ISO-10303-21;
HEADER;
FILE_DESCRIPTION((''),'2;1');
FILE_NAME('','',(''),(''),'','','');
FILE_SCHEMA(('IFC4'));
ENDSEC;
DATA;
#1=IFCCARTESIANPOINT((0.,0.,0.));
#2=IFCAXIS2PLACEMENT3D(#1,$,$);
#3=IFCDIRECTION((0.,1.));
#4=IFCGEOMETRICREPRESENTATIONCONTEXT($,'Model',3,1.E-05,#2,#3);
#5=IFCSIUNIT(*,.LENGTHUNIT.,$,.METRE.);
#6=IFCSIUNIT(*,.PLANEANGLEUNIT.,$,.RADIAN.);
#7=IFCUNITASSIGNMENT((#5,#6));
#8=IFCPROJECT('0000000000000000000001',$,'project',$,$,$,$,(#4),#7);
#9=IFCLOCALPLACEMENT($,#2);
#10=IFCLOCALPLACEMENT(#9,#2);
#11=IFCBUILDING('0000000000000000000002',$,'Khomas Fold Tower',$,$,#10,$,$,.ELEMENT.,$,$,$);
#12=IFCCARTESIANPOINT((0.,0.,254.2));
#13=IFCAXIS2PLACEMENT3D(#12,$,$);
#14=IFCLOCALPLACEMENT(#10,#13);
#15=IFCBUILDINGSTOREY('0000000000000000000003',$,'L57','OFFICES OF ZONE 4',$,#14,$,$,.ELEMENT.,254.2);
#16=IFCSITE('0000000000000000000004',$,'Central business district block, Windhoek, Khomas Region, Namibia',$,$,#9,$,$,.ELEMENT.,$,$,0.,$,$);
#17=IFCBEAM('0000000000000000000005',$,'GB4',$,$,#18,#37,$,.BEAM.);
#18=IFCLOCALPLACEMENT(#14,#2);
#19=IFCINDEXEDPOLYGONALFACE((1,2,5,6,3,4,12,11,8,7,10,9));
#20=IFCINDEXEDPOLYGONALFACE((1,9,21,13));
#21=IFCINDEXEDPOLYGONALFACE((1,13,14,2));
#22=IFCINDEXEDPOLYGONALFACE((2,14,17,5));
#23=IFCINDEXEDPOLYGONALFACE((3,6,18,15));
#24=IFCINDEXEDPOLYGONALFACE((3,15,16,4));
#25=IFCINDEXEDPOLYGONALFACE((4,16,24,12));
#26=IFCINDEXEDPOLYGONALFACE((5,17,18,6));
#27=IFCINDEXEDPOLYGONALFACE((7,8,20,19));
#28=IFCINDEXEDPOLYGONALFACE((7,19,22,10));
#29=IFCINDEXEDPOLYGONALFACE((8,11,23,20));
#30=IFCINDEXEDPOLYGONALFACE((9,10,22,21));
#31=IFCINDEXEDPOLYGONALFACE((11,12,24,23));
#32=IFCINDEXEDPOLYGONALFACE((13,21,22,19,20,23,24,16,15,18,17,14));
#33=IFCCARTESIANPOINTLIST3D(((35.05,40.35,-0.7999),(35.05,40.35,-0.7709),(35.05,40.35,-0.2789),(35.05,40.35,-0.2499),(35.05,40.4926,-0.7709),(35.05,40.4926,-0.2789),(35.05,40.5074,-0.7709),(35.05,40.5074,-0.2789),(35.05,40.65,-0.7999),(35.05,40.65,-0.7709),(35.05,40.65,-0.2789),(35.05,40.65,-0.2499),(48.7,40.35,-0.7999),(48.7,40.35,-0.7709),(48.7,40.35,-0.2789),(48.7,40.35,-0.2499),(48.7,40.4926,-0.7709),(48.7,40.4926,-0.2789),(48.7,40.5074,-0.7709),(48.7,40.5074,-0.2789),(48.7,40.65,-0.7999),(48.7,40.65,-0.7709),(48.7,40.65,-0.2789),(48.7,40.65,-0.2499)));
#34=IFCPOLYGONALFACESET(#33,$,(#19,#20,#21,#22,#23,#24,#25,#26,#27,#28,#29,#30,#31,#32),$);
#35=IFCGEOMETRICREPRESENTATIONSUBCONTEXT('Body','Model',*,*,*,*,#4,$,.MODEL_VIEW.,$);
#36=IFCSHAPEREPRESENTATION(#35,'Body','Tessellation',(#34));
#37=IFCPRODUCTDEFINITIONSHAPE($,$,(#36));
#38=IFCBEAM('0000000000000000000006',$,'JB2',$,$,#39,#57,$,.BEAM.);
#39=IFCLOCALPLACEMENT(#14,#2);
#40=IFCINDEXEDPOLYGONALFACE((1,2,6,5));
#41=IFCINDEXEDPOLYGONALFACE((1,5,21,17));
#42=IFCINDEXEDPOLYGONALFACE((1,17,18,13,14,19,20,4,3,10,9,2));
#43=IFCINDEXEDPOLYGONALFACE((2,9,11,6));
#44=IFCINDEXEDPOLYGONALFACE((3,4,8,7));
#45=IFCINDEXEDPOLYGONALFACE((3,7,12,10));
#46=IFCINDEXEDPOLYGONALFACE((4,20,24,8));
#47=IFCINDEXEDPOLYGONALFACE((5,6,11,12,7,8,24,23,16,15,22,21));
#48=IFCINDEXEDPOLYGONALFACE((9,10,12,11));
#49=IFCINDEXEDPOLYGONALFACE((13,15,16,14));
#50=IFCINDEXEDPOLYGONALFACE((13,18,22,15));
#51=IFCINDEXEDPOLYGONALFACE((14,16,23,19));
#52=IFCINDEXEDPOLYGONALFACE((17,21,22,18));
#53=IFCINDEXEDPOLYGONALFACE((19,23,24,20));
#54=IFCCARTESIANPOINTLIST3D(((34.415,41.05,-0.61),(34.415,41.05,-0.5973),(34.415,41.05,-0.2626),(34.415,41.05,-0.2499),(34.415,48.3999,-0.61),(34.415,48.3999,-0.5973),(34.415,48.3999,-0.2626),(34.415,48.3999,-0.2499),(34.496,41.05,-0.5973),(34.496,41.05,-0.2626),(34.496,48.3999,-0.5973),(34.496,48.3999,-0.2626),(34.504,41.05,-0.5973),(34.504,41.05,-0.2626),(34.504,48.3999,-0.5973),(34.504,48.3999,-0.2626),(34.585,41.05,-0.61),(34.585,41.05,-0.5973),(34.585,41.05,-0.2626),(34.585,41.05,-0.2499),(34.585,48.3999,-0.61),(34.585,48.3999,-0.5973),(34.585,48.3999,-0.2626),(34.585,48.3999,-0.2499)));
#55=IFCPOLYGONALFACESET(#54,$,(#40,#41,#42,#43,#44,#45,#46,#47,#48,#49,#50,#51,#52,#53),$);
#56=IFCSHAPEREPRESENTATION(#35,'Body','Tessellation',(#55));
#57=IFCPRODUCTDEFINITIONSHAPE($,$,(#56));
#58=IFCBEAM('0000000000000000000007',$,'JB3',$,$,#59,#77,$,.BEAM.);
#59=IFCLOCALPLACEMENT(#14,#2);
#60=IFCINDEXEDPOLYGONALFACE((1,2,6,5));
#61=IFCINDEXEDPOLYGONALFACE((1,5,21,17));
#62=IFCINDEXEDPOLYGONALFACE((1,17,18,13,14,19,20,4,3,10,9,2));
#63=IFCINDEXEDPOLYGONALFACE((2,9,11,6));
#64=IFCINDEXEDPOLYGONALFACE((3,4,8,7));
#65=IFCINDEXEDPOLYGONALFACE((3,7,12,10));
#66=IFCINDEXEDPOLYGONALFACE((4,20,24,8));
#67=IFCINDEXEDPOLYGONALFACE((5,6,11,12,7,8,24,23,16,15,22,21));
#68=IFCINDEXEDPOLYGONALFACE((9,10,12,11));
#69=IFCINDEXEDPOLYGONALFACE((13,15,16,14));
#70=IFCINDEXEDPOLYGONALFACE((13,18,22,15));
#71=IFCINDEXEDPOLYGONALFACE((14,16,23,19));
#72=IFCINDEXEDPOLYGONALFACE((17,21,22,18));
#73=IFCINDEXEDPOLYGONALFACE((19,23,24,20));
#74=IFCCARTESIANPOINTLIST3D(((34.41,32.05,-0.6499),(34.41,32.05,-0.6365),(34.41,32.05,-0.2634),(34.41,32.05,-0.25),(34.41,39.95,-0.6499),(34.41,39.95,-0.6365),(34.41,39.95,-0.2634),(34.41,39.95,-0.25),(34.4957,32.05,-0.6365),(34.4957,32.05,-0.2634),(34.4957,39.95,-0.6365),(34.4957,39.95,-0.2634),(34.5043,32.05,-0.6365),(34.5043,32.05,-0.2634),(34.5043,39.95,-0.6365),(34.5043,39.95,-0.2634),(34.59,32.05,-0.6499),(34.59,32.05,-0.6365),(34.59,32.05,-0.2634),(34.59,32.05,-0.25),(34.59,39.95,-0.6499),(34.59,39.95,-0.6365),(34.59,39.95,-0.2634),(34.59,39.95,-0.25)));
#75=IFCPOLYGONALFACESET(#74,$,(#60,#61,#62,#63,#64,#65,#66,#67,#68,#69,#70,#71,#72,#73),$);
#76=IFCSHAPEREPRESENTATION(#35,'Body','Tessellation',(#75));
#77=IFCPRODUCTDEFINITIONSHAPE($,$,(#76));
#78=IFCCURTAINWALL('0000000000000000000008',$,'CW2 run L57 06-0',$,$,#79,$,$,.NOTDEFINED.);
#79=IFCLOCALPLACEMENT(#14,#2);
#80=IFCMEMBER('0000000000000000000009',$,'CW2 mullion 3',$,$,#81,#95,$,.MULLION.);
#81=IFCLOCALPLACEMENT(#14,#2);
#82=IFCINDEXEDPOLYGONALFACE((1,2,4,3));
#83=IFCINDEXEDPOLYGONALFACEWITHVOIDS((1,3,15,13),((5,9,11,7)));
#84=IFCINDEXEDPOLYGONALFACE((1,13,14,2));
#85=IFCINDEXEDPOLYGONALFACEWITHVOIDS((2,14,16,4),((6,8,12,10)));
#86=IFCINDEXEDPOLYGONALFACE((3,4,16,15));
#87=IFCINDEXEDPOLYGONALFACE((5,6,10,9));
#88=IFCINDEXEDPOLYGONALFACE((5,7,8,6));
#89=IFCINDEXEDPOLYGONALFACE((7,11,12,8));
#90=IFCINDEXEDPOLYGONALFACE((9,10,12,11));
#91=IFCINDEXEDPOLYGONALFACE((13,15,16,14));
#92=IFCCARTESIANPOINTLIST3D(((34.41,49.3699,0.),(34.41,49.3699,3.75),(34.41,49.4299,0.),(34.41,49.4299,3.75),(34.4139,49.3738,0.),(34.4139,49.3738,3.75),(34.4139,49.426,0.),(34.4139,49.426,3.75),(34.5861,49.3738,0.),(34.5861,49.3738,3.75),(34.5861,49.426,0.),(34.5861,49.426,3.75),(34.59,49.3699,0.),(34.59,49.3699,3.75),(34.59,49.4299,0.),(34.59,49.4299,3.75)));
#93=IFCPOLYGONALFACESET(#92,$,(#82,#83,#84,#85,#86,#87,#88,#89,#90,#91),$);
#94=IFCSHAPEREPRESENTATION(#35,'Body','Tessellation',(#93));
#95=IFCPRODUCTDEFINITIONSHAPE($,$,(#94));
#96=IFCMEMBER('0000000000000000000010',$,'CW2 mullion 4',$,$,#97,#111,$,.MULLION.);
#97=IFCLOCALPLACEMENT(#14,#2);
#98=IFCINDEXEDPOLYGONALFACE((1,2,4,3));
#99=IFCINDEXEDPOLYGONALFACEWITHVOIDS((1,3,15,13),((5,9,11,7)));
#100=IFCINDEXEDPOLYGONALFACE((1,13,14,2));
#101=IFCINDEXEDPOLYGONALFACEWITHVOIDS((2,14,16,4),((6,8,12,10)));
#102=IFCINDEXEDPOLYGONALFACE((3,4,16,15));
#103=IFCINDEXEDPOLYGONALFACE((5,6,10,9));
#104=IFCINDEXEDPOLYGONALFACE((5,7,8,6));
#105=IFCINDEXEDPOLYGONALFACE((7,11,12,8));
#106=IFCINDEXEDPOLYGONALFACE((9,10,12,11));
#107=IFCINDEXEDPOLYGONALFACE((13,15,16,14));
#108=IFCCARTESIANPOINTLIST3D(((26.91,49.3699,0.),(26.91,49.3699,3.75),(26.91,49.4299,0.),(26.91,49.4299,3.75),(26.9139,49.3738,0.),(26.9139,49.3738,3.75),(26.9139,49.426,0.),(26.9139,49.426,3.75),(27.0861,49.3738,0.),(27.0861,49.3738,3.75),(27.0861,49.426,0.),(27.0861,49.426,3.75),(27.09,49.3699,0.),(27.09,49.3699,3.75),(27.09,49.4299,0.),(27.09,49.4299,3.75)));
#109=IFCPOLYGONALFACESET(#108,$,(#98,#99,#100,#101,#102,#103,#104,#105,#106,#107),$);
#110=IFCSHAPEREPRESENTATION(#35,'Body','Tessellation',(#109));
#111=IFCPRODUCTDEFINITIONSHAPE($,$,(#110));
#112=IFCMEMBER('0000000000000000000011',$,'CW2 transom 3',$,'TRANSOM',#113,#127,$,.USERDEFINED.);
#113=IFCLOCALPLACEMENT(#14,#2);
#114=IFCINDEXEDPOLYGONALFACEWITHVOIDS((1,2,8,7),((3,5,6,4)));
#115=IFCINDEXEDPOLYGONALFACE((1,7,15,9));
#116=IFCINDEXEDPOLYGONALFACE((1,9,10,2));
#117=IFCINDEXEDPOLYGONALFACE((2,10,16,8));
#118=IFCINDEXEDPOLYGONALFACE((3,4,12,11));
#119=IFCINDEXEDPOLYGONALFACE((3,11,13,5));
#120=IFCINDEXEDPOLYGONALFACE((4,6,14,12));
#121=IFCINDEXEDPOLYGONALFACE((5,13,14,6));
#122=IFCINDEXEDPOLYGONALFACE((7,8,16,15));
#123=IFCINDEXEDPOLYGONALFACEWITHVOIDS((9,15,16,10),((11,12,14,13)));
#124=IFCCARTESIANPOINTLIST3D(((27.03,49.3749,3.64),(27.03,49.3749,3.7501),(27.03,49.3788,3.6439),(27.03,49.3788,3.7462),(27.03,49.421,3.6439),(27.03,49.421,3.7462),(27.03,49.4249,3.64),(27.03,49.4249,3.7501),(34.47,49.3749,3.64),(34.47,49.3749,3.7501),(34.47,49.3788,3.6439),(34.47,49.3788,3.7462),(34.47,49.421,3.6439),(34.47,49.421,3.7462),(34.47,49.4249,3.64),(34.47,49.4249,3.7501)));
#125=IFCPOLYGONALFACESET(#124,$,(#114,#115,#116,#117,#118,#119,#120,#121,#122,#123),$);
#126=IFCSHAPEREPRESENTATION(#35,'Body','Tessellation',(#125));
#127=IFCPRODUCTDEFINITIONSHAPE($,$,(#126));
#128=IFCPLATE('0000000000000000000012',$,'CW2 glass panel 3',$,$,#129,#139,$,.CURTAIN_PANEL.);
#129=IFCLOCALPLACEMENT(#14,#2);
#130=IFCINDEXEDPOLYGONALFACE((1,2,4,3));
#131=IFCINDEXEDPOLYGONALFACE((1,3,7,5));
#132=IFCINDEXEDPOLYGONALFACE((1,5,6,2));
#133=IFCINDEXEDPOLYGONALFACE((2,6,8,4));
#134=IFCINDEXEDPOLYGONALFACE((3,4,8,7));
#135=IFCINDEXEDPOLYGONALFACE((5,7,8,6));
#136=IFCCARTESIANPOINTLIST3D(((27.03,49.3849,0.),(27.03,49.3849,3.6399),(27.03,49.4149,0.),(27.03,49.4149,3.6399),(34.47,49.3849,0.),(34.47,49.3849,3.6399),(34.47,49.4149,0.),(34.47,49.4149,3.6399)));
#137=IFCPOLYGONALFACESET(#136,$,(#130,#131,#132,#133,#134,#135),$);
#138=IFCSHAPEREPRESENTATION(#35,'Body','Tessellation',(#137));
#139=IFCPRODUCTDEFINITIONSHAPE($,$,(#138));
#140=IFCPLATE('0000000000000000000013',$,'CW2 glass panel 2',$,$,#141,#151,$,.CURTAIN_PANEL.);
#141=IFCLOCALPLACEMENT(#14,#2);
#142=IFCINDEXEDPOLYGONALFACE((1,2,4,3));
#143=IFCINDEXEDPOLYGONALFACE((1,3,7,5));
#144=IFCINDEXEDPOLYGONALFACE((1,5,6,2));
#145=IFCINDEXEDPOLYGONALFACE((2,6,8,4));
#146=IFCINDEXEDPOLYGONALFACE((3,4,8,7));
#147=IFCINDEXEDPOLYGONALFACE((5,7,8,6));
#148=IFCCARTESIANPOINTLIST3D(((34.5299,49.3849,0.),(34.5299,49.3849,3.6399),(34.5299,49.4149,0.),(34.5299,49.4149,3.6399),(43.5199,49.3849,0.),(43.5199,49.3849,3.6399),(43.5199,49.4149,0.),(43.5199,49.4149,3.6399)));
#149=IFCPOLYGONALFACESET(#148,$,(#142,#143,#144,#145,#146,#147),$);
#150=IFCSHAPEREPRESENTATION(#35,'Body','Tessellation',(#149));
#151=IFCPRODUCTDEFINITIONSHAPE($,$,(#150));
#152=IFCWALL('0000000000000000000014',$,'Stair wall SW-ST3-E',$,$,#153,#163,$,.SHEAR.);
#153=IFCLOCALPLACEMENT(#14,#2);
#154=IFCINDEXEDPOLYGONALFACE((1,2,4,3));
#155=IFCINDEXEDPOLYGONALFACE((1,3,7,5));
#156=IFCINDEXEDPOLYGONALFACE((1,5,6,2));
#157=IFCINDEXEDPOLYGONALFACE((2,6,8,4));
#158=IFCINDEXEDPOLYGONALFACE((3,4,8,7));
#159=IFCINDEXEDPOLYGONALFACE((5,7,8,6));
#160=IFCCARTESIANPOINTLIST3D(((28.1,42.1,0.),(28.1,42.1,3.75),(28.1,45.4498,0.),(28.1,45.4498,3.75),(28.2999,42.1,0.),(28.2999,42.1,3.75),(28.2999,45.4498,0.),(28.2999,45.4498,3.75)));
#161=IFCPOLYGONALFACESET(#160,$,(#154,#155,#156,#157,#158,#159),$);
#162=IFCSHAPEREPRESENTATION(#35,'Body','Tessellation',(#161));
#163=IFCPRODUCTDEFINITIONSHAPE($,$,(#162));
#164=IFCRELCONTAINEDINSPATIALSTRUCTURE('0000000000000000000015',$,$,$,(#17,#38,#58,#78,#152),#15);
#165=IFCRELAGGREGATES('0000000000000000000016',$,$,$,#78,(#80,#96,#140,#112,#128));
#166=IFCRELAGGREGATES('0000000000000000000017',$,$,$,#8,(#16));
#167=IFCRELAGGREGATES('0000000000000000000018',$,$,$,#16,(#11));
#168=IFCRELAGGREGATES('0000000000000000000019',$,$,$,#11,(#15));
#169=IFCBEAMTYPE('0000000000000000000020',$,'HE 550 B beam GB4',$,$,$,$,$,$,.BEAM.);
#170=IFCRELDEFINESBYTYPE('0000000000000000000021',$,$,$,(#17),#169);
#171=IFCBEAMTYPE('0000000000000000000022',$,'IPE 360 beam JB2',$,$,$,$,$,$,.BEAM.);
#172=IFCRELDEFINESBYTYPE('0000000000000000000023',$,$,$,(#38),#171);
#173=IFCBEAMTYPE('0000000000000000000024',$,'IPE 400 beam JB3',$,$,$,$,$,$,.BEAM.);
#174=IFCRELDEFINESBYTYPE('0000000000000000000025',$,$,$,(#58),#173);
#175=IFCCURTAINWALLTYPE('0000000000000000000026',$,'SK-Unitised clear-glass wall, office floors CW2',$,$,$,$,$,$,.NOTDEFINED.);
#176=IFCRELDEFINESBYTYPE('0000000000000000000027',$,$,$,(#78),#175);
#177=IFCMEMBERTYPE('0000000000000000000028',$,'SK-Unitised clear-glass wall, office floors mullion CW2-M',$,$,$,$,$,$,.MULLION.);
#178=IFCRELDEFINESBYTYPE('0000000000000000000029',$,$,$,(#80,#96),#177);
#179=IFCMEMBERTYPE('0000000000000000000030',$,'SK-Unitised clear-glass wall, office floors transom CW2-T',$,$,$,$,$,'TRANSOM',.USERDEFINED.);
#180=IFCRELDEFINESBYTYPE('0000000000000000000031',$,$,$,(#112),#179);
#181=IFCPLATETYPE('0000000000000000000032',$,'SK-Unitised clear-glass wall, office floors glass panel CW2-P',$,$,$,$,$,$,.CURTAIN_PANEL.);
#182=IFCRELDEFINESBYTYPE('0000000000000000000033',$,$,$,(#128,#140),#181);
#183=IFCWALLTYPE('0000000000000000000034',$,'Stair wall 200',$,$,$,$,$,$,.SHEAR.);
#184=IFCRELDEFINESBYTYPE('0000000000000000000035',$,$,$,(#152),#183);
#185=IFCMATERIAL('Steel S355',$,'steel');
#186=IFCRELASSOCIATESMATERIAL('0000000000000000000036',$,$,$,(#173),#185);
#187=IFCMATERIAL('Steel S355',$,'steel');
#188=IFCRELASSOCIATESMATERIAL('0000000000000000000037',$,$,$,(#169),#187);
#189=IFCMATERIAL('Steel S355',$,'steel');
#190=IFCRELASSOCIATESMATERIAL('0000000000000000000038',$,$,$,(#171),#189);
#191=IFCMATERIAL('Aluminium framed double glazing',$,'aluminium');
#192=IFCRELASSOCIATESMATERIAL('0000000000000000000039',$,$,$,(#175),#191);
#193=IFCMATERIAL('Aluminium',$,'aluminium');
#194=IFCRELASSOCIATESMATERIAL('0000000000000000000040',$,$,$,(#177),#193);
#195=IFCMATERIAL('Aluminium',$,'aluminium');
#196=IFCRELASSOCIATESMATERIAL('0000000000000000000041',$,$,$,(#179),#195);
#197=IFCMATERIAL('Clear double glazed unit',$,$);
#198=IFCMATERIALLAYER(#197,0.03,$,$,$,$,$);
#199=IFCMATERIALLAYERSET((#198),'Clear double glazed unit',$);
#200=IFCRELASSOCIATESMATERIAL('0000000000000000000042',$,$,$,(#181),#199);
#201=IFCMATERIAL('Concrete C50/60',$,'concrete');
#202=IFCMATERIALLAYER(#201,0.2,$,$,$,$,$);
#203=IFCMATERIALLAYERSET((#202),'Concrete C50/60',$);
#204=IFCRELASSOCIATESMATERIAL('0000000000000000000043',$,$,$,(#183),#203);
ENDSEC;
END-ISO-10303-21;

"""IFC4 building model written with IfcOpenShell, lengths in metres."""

from ifc_helpers import new_model, si_unit, direction, frame, frame_2d, origin, origin_2d, place, context, subcontext, project, spatial, rectangle, hollow_rectangle, i_section, extrude, source, transform, mapped, material, layer, layer_set, material_profile, profile_set, type_object, element, aggregate, save


model = new_model("IFC4")

# Units and contexts
model_context = context("Model", 3, precision=1e-05, world=origin(), true_north=direction((0.0, 1.0)))
body_context = subcontext(model_context, "Body", "Model", "MODEL_VIEW")
ifc_project = project(units=[si_unit("LENGTHUNIT", "METRE"), si_unit("PLANEANGLEUNIT", "RADIAN")], contexts=[model_context])

# Site, building, storey
site_placement = place(None, origin())
site = spatial("IfcSite", under=ifc_project, at=site_placement, Name="Central business district block, Windhoek, Khomas Region, Namibia", CompositionType="ELEMENT", RefElevation=0.0)
building_placement = place(site_placement, origin())
building = spatial("IfcBuilding", under=site, at=building_placement, Name="Khomas Fold Tower", CompositionType="ELEMENT")
storey_placement = place(building_placement, frame((0.0, 0.0, 254.2)))
storey = spatial("IfcBuildingStorey", under=building, at=storey_placement, Name="L57", Description="OFFICES OF ZONE 4", CompositionType="ELEMENT", Elevation=254.2)

# Beams
ifc_material_1 = material(Name="Steel S355", Category="steel")
ifc_material_profile_1 = material_profile(ifc_material_1, i_section(OverallWidth=0.1799, OverallDepth=0.3999, WebThickness=0.0085, FlangeThickness=0.0134, at=origin_2d()), Name="IPE 400")
ifc_profile_set_1 = profile_set([ifc_material_profile_1], Name="Steel S355")
beam_type_1 = type_object("IfcBeamType", Name="IPE 400 beam JB3", PredefinedType="BEAM", material=ifc_profile_set_1)
ifc_material_2 = material(Name="Steel S355", Category="steel")
ifc_material_profile_2 = material_profile(ifc_material_2, i_section(OverallWidth=0.3, OverallDepth=0.55, WebThickness=0.0149, FlangeThickness=0.0291, at=origin_2d()), Name="HE 550 B")
ifc_profile_set_2 = profile_set([ifc_material_profile_2], Name="Steel S355")
beam_type_2 = type_object("IfcBeamType", Name="HE 550 B beam GB4", PredefinedType="BEAM", material=ifc_profile_set_2)
shared_shape_1 = source(origin(), body_context, "Body", "SweptSolid", [
    extrude(i_section(OverallWidth=0.3, OverallDepth=0.55, WebThickness=0.0149, FlangeThickness=0.0291, at=origin_2d()), origin(), (0.0, 0.0, 1.0), 13.6499),
])
for number, where, z_axis, x_axis, name in (
    (1, (35.05, 40.5, -0.5249), (1.0, 0.0, 0.0), (0.0, 1.0, 0.0), "GB4"),
):
    element("IfcBeam", number, at=place(storey_placement, frame(where, z_axis=z_axis, x_axis=x_axis)), inside=storey, type_object=beam_type_2, Name=name, PredefinedType="BEAM", context=body_context, shape_type="MappedRepresentation", body=[
        mapped(shared_shape_1, transform((0.0, 0.0, 0.0))),
    ])
ifc_material_3 = material(Name="Steel S355", Category="steel")
ifc_material_profile_3 = material_profile(ifc_material_3, i_section(OverallWidth=0.1699, OverallDepth=0.3601, WebThickness=0.0081, FlangeThickness=0.0127, at=origin_2d()), Name="IPE 360")
ifc_profile_set_3 = profile_set([ifc_material_profile_3], Name="Steel S355")
beam_type_3 = type_object("IfcBeamType", Name="IPE 360 beam JB2", PredefinedType="BEAM", material=ifc_profile_set_3)
shared_shape_2 = source(origin(), body_context, "Body", "SweptSolid", [
    extrude(i_section(OverallWidth=0.1699, OverallDepth=0.3601, WebThickness=0.0081, FlangeThickness=0.0127, at=origin_2d()), origin(), (0.0, 0.0, 1.0), 7.3499),
])
beam_1_placement = place(storey_placement, frame((34.5, 41.05, -0.4299), z_axis=(0.0, 1.0, 0.0), x_axis=(-1.0, 0.0, 0.0)))
element("IfcBeam", 2, at=beam_1_placement, inside=storey, type_object=beam_type_3, Name="JB2", PredefinedType="BEAM", context=body_context, shape_type="MappedRepresentation", body=[
    mapped(shared_shape_2, transform((0.0, 0.0, 0.0))),
])
shared_shape_3 = source(origin(), body_context, "Body", "SweptSolid", [
    extrude(i_section(OverallWidth=0.1799, OverallDepth=0.3999, WebThickness=0.0085, FlangeThickness=0.0134, at=origin_2d()), origin(), (0.0, 0.0, 1.0), 7.8999),
])
beam_2_placement = place(storey_placement, frame((34.5, 32.05, -0.45), z_axis=(0.0, 1.0, 0.0), x_axis=(-1.0, 0.0, 0.0)))
element("IfcBeam", 3, at=beam_2_placement, inside=storey, type_object=beam_type_1, Name="JB3", PredefinedType="BEAM", context=body_context, shape_type="MappedRepresentation", body=[
    mapped(shared_shape_3, transform((0.0, 0.0, 0.0))),
])

# Curtain wall, members, plates
ifc_material_4 = material(Name="Aluminium framed double glazing", Category="aluminium")
curtain_wall_type = type_object("IfcCurtainWallType", Name="SK-Unitised clear-glass wall, office floors CW2", PredefinedType="NOTDEFINED", material=ifc_material_4)
curtain_wall_placement = place(storey_placement, origin())
curtain_wall = element("IfcCurtainWall", 4, at=curtain_wall_placement, inside=storey, type_object=curtain_wall_type, Name="CW2 run L57 06-0", PredefinedType="NOTDEFINED")
ifc_material_5 = material(Name="Aluminium", Category="aluminium")
ifc_material_profile_4 = material_profile(ifc_material_5, hollow_rectangle(XDim=0.0601, YDim=0.1799, WallThickness=0.0039, at=origin_2d()), Name="SK-Unitised clear-glass wall, office floors mullion CW2-M")
ifc_profile_set_4 = profile_set([ifc_material_profile_4], Name="Aluminium")
member_type_1 = type_object("IfcMemberType", Name="SK-Unitised clear-glass wall, office floors mullion CW2-M", PredefinedType="MULLION", material=ifc_profile_set_4)
shared_shape_4 = source(origin(), body_context, "Body", "SweptSolid", [
    extrude(hollow_rectangle(XDim=0.0601, YDim=0.1799, WallThickness=0.0039, at=origin_2d()), origin(), (0.0, 0.0, 1.0), 3.75),
])
member_1_placement = place(storey_placement, frame((34.5, 49.3999, 0.0), z_axis=(0.0, 0.0, 1.0), x_axis=(0.0, -1.0, 0.0)))
member_1 = element("IfcMember", 5, at=member_1_placement, type_object=member_type_1, Name="CW2 mullion 3", PredefinedType="MULLION", context=body_context, shape_type="MappedRepresentation", body=[
    mapped(shared_shape_4, transform((0.0, 0.0, 0.0))),
])
member_2_placement = place(storey_placement, frame((27.0, 49.3999, 0.0), z_axis=(0.0, 0.0, 1.0), x_axis=(0.0, -1.0, 0.0)))
member_2 = element("IfcMember", 6, at=member_2_placement, type_object=member_type_1, Name="CW2 mullion 4", PredefinedType="MULLION", context=body_context, shape_type="MappedRepresentation", body=[
    mapped(shared_shape_4, transform((0.0, 0.0, 0.0))),
])
ifc_material_6 = material(Name="Aluminium", Category="aluminium")
ifc_material_profile_5 = material_profile(ifc_material_6, hollow_rectangle(XDim=0.05, YDim=0.1101, WallThickness=0.0039, at=origin_2d()), Name="SK-Unitised clear-glass wall, office floors transom CW2-T")
ifc_profile_set_5 = profile_set([ifc_material_profile_5], Name="Aluminium")
member_type_2 = type_object("IfcMemberType", Name="SK-Unitised clear-glass wall, office floors transom CW2-T", ElementType="TRANSOM", PredefinedType="USERDEFINED", material=ifc_profile_set_5)
shared_shape_5 = source(origin(), body_context, "Body", "SweptSolid", [
    extrude(hollow_rectangle(XDim=0.05, YDim=0.1101, WallThickness=0.0039, at=origin_2d()), origin(), (0.0, 0.0, 1.0), 7.4399),
])
member_3_placement = place(storey_placement, frame((34.47, 49.3999, 3.6951), z_axis=(-1.0, 0.0, 0.0), x_axis=(0.0, -1.0, 0.0)))
member_3 = element("IfcMember", 7, at=member_3_placement, type_object=member_type_2, Name="CW2 transom 3", ObjectType="TRANSOM", PredefinedType="USERDEFINED", context=body_context, shape_type="MappedRepresentation", body=[
    mapped(shared_shape_5, transform((0.0, 0.0, 0.0))),
])
ifc_material_7 = material(Name="Clear double glazed unit")
ifc_layer_1 = layer(ifc_material_7, 0.03)
ifc_layer_set_1 = layer_set([ifc_layer_1], Name="Clear double glazed unit")
plate_type = type_object("IfcPlateType", Name="SK-Unitised clear-glass wall, office floors glass panel CW2-P", PredefinedType="CURTAIN_PANEL", material=ifc_layer_set_1)
shared_shape_6 = source(origin(), body_context, "Body", "SweptSolid", [
    extrude(rectangle(XDim=7.4399, YDim=0.03, at=origin_2d()), origin(), (0.0, 0.0, 1.0), 3.6399),
])
plate_1_placement = place(storey_placement, frame((30.75, 49.3999, 0.0), z_axis=(0.0, 0.0, 1.0), x_axis=(-1.0, 0.0, 0.0)))
plate_1 = element("IfcPlate", 8, at=plate_1_placement, type_object=plate_type, Name="CW2 glass panel 3", PredefinedType="CURTAIN_PANEL", context=body_context, shape_type="MappedRepresentation", body=[
    mapped(shared_shape_6, transform((0.0, 0.0, 0.0))),
])
shared_shape_7 = source(origin(), body_context, "Body", "SweptSolid", [
    extrude(rectangle(XDim=8.99, YDim=0.03, at=origin_2d()), origin(), (0.0, 0.0, 1.0), 3.6399),
])
plate_2_placement = place(storey_placement, frame((39.0249, 49.3999, 0.0), z_axis=(0.0, 0.0, 1.0), x_axis=(-1.0, 0.0, 0.0)))
plate_2 = element("IfcPlate", 9, at=plate_2_placement, type_object=plate_type, Name="CW2 glass panel 2", PredefinedType="CURTAIN_PANEL", context=body_context, shape_type="MappedRepresentation", body=[
    mapped(shared_shape_7, transform((0.0, 0.0, 0.0))),
])
aggregate(curtain_wall, [member_1, member_2, plate_2, member_3, plate_1])

# Wall
ifc_material_8 = material(Name="Concrete C50/60", Category="concrete")
ifc_layer_2 = layer(ifc_material_8, 0.2)
ifc_layer_set_2 = layer_set([ifc_layer_2], Name="Concrete C50/60")
wall_type_1 = type_object("IfcWallType", Name="Stair wall 200", PredefinedType="SHEAR", material=ifc_layer_set_2)
shared_shape_8 = source(origin(), body_context, "Body", "SweptSolid", [
    extrude(rectangle(XDim=3.3499, YDim=0.2, at=frame_2d((1.6748, 0.0))), origin(), (0.0, 0.0, 1.0), 3.75),
])
wall_1_placement = place(storey_placement, frame((28.2, 42.1001, 0.0), z_axis=(0.0, 0.0, 1.0), x_axis=(0.0, 1.0, 0.0)))
element("IfcWall", 10, at=wall_1_placement, inside=storey, type_object=wall_type_1, Name="Stair wall SW-ST3-E", PredefinedType="SHEAR", context=body_context, shape_type="MappedRepresentation", body=[
    mapped(shared_shape_8, transform((0.0, 0.0, 0.0))),
])

save(model, "model.ifc")
